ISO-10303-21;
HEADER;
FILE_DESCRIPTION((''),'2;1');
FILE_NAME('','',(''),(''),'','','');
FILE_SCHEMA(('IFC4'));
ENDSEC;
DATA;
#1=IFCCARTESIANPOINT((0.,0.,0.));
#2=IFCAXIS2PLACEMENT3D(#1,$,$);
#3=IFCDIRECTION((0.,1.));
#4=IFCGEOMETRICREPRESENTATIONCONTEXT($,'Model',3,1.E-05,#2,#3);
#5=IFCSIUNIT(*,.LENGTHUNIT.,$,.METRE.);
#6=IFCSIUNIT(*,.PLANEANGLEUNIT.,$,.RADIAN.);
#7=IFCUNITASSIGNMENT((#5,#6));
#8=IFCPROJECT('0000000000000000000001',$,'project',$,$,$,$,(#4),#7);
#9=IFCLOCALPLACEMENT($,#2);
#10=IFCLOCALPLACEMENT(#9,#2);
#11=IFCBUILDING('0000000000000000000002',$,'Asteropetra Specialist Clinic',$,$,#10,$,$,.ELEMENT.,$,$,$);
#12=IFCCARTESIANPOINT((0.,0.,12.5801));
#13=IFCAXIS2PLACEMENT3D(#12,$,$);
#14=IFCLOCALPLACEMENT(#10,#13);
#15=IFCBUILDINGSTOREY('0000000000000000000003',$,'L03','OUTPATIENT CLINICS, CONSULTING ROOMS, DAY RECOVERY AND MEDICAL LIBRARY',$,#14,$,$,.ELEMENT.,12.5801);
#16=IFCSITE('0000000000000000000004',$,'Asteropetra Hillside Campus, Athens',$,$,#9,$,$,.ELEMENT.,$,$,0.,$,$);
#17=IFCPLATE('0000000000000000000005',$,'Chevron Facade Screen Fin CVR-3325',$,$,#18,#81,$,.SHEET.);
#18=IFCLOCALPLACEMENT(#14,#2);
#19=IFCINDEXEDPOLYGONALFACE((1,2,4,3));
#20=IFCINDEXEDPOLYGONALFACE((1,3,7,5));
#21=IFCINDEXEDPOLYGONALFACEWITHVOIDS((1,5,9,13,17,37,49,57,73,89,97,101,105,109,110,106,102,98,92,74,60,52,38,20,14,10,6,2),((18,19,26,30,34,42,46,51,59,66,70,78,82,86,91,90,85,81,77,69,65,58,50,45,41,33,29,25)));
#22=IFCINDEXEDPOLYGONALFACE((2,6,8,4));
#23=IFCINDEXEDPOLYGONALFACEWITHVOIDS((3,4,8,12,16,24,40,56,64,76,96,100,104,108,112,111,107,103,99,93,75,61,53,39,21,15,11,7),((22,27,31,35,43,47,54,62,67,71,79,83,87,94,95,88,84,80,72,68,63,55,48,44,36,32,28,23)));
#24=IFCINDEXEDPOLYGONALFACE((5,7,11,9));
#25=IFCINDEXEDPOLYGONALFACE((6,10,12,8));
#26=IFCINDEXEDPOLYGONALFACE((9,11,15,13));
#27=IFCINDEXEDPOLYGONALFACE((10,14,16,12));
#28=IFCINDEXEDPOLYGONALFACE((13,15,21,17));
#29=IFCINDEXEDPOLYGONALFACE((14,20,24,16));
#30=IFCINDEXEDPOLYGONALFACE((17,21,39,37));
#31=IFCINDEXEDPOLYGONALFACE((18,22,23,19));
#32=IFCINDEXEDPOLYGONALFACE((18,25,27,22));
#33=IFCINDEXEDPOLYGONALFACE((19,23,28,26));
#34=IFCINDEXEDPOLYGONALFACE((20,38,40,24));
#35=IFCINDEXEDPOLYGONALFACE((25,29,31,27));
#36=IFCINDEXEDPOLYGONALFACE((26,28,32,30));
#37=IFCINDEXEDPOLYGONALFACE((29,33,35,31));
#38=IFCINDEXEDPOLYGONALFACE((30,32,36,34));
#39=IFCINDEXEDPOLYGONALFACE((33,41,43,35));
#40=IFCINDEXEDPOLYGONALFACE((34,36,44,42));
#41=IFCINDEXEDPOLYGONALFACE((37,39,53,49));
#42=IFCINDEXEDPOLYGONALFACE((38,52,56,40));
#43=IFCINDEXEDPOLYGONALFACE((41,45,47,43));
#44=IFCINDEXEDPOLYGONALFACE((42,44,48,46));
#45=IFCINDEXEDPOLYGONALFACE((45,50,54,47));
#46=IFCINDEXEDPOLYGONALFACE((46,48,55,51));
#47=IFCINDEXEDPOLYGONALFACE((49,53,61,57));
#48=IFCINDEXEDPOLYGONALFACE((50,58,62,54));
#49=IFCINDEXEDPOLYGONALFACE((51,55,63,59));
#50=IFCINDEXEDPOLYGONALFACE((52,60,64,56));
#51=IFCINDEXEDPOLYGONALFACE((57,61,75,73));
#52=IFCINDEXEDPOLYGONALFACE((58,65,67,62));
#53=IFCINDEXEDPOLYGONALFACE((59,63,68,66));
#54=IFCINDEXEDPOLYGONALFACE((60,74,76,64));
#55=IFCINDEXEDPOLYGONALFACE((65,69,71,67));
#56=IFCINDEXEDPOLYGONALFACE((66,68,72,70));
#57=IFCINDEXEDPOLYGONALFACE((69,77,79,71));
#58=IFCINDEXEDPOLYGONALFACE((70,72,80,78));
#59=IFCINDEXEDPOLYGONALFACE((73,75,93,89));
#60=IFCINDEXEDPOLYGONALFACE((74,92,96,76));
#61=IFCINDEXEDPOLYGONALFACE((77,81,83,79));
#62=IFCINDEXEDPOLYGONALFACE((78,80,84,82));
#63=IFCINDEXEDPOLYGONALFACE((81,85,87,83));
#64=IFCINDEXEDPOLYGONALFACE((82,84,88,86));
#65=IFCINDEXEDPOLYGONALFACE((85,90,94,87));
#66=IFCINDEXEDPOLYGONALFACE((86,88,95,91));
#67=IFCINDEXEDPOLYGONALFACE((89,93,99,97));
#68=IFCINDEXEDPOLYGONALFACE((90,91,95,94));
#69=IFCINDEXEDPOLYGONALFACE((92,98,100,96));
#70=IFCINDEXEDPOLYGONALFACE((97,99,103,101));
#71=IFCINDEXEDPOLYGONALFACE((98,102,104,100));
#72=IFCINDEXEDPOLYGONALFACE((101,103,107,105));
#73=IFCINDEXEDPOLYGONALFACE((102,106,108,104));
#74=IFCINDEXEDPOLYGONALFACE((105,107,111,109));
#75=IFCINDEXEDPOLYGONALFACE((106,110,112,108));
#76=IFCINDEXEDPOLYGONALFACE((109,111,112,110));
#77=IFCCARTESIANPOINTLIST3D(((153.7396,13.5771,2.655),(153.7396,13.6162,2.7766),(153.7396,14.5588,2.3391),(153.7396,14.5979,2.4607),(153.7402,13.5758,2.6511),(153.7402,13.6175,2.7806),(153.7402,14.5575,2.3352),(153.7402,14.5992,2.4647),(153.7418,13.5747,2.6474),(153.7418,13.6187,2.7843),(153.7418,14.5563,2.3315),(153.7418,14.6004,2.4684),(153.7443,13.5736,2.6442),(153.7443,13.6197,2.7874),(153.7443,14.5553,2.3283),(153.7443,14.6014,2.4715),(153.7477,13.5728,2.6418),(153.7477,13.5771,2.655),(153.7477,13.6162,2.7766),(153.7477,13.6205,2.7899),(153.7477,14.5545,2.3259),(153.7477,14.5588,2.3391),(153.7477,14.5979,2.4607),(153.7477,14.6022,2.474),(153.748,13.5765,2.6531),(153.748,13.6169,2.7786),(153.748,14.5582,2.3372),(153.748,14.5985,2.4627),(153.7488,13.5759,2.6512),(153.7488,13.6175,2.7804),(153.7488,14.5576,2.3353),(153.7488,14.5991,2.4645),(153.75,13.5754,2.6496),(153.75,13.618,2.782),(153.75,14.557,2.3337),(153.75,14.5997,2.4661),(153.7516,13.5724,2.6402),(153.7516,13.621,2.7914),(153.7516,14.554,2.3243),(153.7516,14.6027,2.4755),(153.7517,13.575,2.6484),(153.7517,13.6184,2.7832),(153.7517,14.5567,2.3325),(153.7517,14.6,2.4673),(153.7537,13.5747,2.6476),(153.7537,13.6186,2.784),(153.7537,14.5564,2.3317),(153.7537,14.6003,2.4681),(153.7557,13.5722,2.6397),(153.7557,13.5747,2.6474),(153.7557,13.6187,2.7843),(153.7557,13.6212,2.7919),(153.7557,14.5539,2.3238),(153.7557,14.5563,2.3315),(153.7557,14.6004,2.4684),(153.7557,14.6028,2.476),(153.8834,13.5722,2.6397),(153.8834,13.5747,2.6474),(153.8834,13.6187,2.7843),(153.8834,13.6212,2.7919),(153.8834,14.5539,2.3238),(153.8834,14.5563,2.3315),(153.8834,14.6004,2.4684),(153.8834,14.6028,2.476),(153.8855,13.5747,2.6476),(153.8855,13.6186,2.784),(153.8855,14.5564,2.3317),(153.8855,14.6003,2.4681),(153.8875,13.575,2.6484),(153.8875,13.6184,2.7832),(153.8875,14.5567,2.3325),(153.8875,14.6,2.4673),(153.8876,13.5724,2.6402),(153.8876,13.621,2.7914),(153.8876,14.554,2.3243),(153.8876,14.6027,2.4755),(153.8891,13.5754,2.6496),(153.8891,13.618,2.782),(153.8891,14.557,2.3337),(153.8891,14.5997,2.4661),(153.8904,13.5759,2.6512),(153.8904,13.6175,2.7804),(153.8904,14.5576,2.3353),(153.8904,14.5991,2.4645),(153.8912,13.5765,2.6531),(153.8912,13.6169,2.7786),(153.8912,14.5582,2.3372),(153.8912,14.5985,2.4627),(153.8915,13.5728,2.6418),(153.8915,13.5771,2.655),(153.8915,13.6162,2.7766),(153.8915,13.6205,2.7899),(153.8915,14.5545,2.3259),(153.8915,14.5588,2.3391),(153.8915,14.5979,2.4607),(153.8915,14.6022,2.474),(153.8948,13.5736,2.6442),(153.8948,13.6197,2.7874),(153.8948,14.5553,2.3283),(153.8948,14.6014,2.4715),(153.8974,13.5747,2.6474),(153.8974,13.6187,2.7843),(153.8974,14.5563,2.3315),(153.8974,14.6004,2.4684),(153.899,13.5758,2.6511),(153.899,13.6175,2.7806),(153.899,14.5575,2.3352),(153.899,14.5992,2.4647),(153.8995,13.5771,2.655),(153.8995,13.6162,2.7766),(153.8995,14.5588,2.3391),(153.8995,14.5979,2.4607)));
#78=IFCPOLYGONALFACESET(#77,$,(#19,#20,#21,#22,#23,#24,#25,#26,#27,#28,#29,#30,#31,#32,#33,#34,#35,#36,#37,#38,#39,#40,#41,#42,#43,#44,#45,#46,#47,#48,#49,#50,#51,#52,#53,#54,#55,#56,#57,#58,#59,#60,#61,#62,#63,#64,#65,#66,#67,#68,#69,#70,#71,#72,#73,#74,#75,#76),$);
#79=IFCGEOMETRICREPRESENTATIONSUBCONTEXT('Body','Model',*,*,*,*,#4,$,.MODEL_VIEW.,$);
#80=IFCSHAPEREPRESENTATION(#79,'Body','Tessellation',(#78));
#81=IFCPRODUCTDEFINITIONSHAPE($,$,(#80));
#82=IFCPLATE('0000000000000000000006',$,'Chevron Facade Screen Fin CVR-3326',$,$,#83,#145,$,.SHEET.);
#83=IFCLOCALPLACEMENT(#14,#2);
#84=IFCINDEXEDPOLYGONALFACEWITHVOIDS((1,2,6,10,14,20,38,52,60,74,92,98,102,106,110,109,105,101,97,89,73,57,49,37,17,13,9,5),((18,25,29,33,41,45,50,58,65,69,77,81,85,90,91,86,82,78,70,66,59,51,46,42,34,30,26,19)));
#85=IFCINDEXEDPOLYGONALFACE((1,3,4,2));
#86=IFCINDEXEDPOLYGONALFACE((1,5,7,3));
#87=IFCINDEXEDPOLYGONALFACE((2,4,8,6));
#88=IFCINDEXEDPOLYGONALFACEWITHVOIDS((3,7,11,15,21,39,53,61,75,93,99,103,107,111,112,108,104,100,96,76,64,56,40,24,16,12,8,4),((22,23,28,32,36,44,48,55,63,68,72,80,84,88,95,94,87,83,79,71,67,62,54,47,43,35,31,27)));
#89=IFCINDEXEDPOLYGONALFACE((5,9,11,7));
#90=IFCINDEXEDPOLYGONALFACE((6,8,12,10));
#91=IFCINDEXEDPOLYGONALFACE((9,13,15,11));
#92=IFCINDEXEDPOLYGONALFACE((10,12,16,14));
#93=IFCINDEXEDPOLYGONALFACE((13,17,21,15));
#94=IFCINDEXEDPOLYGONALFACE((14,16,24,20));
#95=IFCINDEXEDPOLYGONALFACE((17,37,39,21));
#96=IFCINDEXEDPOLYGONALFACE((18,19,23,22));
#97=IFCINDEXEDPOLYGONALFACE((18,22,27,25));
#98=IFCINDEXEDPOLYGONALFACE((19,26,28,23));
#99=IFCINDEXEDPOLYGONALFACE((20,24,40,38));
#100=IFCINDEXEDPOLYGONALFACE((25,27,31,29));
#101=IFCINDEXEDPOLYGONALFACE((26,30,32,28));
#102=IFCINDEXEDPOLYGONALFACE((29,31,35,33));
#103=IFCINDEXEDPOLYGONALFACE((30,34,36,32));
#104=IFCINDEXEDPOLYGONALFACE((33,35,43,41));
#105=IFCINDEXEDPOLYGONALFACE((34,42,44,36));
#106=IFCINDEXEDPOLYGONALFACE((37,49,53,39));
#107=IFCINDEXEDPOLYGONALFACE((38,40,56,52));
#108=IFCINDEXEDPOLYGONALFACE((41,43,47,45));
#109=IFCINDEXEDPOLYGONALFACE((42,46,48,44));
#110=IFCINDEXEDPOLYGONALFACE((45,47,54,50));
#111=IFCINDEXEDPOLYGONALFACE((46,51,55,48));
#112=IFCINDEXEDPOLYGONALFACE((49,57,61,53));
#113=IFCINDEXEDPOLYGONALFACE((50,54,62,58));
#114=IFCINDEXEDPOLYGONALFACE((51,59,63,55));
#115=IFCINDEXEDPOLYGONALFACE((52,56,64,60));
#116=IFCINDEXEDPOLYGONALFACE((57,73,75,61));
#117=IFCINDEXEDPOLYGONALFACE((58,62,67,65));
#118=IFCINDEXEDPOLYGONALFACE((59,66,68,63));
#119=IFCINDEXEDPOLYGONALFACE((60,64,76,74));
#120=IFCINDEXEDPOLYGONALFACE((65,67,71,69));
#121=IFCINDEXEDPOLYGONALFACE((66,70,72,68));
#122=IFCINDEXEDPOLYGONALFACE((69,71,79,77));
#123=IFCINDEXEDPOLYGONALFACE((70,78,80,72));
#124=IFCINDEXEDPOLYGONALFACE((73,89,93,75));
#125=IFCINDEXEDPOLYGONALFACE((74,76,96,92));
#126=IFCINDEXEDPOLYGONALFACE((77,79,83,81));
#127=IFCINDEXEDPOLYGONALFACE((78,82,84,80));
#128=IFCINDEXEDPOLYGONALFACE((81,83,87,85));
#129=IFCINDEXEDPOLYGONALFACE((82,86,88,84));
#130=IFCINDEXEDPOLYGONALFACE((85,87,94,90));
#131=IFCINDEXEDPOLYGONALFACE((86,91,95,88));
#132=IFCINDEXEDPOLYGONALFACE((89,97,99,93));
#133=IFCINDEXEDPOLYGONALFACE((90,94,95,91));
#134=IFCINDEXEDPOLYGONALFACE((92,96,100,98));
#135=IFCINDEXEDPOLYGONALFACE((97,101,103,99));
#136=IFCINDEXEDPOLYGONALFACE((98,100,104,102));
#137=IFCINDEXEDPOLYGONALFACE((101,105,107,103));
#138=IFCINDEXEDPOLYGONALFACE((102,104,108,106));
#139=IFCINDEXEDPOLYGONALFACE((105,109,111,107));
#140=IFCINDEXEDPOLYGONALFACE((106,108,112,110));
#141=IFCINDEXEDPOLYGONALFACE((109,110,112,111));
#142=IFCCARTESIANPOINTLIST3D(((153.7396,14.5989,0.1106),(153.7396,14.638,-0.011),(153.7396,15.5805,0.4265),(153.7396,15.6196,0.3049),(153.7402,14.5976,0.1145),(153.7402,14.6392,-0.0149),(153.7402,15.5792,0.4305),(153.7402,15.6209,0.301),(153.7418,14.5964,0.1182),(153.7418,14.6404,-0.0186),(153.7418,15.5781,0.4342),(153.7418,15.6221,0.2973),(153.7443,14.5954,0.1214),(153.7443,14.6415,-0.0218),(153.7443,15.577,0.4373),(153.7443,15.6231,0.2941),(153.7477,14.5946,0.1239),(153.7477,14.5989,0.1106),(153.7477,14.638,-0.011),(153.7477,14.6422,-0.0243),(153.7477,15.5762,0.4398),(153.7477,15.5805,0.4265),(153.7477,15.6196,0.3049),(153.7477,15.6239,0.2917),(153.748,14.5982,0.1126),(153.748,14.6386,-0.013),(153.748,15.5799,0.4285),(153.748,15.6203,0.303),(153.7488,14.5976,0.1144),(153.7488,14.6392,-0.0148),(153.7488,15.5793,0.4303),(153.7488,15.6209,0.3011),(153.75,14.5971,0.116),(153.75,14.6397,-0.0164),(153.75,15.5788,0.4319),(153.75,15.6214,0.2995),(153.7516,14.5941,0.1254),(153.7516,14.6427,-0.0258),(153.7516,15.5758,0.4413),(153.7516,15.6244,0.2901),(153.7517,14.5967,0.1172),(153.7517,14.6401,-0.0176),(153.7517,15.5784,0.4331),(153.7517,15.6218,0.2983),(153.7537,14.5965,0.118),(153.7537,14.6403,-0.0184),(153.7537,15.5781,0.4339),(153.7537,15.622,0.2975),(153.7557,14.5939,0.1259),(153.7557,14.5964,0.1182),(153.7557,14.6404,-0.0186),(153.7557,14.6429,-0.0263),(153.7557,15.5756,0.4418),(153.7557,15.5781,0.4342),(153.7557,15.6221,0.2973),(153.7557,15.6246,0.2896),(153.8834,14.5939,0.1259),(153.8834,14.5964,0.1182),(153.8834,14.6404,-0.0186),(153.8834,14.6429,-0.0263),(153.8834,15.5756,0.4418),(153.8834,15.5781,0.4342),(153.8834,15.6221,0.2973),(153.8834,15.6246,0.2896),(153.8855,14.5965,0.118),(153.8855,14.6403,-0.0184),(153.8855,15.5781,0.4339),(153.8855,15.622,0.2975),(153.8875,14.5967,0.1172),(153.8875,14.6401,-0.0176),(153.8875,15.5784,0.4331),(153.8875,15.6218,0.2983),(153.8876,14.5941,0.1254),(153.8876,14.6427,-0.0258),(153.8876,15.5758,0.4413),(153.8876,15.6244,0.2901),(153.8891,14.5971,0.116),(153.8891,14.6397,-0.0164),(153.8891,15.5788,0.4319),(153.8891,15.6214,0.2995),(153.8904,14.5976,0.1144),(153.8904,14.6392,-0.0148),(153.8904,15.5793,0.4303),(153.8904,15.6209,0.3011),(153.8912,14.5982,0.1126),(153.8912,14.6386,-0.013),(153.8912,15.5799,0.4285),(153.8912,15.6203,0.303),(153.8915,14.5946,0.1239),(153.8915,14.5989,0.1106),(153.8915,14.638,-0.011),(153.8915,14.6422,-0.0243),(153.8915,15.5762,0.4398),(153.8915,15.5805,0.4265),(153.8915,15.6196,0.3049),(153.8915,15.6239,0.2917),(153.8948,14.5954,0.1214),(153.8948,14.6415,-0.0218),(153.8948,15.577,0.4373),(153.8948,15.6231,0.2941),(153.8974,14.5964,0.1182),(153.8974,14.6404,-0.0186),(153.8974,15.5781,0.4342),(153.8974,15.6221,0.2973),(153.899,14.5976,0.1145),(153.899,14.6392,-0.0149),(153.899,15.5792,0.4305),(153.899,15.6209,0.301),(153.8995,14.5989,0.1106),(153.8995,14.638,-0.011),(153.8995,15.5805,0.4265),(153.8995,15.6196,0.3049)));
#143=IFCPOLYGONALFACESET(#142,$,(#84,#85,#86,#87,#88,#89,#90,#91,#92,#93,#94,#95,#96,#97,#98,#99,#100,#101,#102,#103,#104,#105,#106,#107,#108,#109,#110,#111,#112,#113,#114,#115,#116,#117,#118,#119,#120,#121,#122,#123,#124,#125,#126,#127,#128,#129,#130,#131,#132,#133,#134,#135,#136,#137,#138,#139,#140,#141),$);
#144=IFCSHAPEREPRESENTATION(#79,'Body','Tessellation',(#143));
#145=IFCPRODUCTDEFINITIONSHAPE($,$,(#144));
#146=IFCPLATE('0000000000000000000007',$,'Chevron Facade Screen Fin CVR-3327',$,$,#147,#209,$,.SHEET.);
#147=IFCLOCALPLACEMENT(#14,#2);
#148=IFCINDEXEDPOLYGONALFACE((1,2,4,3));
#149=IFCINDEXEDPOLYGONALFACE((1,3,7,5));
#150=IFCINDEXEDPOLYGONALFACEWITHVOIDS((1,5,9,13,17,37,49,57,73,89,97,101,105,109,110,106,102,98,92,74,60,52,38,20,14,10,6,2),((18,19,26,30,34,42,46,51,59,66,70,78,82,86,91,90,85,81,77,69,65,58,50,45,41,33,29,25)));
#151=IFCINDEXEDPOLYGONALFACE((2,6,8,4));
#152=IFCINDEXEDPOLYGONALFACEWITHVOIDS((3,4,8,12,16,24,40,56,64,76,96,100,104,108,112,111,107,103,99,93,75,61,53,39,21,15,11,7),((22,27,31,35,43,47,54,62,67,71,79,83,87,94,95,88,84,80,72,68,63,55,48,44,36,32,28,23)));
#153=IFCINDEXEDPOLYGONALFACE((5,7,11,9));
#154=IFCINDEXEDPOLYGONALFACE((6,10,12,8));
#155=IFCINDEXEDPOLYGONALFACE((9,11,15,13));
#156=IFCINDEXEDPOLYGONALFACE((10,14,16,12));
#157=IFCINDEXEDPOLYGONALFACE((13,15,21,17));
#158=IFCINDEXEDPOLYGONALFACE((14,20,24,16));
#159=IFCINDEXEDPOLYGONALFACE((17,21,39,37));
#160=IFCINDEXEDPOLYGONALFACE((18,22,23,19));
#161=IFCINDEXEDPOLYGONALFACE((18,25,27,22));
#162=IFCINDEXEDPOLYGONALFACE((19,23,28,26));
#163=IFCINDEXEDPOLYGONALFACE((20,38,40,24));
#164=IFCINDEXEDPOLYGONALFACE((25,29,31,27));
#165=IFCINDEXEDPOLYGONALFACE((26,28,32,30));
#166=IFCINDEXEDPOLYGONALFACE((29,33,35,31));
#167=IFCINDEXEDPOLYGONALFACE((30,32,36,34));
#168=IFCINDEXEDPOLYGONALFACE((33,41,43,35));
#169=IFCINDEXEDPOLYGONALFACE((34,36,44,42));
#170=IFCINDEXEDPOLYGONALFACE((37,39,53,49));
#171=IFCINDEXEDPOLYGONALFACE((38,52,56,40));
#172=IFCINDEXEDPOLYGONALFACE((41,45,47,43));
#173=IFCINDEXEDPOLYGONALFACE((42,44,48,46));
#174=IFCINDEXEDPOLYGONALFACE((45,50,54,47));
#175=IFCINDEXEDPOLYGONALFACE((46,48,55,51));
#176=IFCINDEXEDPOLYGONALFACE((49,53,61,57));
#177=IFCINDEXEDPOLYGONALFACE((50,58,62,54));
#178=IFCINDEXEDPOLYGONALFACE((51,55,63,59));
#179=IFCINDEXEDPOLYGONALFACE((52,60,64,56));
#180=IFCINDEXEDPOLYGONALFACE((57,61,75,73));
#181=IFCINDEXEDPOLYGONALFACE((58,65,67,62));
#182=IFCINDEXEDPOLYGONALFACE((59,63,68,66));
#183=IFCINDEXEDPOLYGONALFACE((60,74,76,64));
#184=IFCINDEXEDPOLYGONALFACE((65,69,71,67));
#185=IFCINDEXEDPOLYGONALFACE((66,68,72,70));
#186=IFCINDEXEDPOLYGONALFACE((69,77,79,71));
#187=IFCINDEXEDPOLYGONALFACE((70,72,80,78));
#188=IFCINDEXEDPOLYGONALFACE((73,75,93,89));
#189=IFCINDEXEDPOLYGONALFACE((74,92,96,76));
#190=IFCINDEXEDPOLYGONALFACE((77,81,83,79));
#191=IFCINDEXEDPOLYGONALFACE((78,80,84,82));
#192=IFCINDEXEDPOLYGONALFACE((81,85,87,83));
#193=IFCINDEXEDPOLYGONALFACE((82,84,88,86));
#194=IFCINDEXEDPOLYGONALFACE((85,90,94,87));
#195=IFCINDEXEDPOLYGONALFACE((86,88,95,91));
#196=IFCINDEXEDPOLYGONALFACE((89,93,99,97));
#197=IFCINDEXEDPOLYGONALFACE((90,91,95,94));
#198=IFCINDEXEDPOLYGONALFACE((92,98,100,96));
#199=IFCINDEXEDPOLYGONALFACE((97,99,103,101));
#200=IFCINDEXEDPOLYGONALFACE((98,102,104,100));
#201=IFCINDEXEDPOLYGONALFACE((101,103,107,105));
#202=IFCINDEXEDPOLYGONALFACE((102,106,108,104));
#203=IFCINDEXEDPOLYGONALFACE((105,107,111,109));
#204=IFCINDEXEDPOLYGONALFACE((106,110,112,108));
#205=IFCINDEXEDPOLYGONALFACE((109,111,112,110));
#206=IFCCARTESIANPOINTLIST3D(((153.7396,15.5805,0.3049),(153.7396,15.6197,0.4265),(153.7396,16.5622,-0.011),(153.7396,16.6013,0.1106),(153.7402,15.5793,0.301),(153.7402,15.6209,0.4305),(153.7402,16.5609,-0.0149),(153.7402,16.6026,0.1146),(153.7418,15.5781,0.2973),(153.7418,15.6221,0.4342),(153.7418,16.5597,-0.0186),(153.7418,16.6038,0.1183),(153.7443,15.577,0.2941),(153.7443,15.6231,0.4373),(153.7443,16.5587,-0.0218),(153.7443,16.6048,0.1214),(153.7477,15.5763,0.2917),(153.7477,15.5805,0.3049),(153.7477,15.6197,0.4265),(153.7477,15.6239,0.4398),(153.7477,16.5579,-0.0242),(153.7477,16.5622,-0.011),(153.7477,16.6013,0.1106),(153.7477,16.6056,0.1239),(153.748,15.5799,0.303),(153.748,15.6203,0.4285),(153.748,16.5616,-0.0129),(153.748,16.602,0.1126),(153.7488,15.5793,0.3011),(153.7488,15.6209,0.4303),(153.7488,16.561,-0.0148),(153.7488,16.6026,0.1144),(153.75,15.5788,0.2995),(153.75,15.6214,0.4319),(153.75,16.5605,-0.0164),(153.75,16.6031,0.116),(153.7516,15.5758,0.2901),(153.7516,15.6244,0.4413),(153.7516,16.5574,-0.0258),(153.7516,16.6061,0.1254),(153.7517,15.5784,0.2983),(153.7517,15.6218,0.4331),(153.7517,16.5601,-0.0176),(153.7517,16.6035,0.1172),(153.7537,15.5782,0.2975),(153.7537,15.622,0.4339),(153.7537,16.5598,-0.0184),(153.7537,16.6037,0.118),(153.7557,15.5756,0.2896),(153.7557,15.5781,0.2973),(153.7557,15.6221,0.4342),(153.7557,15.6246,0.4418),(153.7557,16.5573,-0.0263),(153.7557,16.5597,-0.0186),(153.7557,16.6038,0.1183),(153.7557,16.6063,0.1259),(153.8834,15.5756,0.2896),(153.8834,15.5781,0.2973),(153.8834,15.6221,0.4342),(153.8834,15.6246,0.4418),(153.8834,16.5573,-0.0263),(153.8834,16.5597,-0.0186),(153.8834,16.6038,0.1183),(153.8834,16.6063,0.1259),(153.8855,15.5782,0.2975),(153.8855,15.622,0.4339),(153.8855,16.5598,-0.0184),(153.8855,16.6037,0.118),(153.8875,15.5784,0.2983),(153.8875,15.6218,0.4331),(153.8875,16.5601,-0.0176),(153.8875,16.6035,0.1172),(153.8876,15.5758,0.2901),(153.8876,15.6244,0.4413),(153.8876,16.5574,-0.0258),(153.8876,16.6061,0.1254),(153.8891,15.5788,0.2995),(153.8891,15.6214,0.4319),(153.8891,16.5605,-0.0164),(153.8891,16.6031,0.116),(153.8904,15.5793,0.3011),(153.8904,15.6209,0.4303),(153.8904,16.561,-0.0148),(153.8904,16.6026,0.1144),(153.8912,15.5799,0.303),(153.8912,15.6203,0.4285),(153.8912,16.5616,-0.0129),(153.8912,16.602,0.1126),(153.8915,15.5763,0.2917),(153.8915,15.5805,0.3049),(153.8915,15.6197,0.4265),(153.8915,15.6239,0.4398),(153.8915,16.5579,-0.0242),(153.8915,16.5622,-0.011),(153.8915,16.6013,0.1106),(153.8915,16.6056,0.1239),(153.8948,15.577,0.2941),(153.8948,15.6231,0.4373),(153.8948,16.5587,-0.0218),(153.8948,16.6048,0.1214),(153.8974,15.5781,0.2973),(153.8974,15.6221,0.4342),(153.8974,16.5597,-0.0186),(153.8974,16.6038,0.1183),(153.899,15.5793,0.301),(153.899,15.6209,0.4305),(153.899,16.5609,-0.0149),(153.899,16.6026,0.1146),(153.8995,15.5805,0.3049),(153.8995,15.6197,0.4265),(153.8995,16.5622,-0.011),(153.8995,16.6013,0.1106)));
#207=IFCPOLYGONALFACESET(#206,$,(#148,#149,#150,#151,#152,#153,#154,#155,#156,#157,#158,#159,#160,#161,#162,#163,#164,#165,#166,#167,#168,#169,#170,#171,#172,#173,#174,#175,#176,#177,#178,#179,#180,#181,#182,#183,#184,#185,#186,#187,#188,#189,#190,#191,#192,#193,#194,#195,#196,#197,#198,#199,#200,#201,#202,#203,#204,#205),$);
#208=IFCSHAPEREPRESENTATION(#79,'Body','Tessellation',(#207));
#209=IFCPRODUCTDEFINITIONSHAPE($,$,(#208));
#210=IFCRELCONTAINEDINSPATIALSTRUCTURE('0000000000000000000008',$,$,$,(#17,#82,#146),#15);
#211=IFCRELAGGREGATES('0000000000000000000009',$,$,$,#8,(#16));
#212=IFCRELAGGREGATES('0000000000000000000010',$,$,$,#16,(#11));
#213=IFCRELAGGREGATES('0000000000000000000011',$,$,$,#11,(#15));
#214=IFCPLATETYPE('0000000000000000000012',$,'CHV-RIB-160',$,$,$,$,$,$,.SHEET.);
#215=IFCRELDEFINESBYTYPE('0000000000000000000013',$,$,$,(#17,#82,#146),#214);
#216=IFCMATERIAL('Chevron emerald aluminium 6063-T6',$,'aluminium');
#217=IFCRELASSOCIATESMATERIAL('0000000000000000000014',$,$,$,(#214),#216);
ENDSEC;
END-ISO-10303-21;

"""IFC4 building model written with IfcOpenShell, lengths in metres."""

from ifc_helpers import new_model, si_unit, direction, frame, origin, origin_2d, place, context, subcontext, project, spatial, hollow_rectangle, extrude, material, material_profile, profile_set, type_object, element, save


model = new_model("IFC4")

# Units and contexts
model_context = context("Model", 3, precision=1e-05, world=origin(), true_north=direction((0.0, 1.0)))
body_context = subcontext(model_context, "Body", "Model", "MODEL_VIEW")
ifc_project = project(units=[si_unit("LENGTHUNIT", "METRE"), si_unit("PLANEANGLEUNIT", "RADIAN")], contexts=[model_context])

# Site, building, storey
site_placement = place(None, origin())
site = spatial("IfcSite", under=ifc_project, at=site_placement, Name="Asteropetra Hillside Campus, Athens", CompositionType="ELEMENT", RefElevation=0.0)
building_placement = place(site_placement, origin())
building = spatial("IfcBuilding", under=site, at=building_placement, Name="Asteropetra Specialist Clinic", CompositionType="ELEMENT")
storey_placement = place(building_placement, frame((0.0, 0.0, 12.5801)))
storey = spatial("IfcBuildingStorey", under=building, at=storey_placement, Name="L03", Description="OUTPATIENT CLINICS, CONSULTING ROOMS, DAY RECOVERY AND MEDICAL LIBRARY", CompositionType="ELEMENT", Elevation=12.5801)

# Plates
ifc_material_1 = material(Name="Chevron emerald aluminium 6063-T6", Category="aluminium")
ifc_material_profile = material_profile(ifc_material_1, hollow_rectangle(XDim=0.1599, YDim=0.1599, WallThickness=0.0081, InnerFilletRadius=0.0081, OuterFilletRadius=0.0161, at=origin_2d()), Name="SHS 160x160x8.0")
ifc_profile_set = profile_set([ifc_material_profile], Name="Chevron emerald aluminium 6063-T6")
plate_type_1 = type_object("IfcPlateType", Name="CHV-RIB-160", PredefinedType="SHEET", material=ifc_profile_set)
for number, where, z_axis, x_axis, name in (
    (1, (153.8196, 13.5967, 2.7158), (0.0, 0.951923, -0.306339), (-1.0, 0.0, 0.0), "Chevron Facade Screen Fin CVR-3325"),
    (2, (153.8196, 14.6184, 0.0498), (0.0, 0.951923, 0.306339), (-1.0, 0.0, 0.0), "Chevron Facade Screen Fin CVR-3326"),
    (3, (153.8196, 15.6001, 0.3657), (0.0, 0.951923, -0.306339), (-1.0, 0.0, 0.0), "Chevron Facade Screen Fin CVR-3327"),
):
    element("IfcPlate", number, at=place(storey_placement, frame(where, z_axis=z_axis, x_axis=x_axis)), inside=storey, type_object=plate_type_1, Name=name, PredefinedType="SHEET", context=body_context, shape_type="SweptSolid", body=[
        extrude(hollow_rectangle(XDim=0.1599, YDim=0.1599, WallThickness=0.0081, InnerFilletRadius=0.0081, OuterFilletRadius=0.0161, at=origin_2d()), origin(), (0.0, 0.0, 1.0), 1.0312),
    ])

save(model, "model.ifc")
